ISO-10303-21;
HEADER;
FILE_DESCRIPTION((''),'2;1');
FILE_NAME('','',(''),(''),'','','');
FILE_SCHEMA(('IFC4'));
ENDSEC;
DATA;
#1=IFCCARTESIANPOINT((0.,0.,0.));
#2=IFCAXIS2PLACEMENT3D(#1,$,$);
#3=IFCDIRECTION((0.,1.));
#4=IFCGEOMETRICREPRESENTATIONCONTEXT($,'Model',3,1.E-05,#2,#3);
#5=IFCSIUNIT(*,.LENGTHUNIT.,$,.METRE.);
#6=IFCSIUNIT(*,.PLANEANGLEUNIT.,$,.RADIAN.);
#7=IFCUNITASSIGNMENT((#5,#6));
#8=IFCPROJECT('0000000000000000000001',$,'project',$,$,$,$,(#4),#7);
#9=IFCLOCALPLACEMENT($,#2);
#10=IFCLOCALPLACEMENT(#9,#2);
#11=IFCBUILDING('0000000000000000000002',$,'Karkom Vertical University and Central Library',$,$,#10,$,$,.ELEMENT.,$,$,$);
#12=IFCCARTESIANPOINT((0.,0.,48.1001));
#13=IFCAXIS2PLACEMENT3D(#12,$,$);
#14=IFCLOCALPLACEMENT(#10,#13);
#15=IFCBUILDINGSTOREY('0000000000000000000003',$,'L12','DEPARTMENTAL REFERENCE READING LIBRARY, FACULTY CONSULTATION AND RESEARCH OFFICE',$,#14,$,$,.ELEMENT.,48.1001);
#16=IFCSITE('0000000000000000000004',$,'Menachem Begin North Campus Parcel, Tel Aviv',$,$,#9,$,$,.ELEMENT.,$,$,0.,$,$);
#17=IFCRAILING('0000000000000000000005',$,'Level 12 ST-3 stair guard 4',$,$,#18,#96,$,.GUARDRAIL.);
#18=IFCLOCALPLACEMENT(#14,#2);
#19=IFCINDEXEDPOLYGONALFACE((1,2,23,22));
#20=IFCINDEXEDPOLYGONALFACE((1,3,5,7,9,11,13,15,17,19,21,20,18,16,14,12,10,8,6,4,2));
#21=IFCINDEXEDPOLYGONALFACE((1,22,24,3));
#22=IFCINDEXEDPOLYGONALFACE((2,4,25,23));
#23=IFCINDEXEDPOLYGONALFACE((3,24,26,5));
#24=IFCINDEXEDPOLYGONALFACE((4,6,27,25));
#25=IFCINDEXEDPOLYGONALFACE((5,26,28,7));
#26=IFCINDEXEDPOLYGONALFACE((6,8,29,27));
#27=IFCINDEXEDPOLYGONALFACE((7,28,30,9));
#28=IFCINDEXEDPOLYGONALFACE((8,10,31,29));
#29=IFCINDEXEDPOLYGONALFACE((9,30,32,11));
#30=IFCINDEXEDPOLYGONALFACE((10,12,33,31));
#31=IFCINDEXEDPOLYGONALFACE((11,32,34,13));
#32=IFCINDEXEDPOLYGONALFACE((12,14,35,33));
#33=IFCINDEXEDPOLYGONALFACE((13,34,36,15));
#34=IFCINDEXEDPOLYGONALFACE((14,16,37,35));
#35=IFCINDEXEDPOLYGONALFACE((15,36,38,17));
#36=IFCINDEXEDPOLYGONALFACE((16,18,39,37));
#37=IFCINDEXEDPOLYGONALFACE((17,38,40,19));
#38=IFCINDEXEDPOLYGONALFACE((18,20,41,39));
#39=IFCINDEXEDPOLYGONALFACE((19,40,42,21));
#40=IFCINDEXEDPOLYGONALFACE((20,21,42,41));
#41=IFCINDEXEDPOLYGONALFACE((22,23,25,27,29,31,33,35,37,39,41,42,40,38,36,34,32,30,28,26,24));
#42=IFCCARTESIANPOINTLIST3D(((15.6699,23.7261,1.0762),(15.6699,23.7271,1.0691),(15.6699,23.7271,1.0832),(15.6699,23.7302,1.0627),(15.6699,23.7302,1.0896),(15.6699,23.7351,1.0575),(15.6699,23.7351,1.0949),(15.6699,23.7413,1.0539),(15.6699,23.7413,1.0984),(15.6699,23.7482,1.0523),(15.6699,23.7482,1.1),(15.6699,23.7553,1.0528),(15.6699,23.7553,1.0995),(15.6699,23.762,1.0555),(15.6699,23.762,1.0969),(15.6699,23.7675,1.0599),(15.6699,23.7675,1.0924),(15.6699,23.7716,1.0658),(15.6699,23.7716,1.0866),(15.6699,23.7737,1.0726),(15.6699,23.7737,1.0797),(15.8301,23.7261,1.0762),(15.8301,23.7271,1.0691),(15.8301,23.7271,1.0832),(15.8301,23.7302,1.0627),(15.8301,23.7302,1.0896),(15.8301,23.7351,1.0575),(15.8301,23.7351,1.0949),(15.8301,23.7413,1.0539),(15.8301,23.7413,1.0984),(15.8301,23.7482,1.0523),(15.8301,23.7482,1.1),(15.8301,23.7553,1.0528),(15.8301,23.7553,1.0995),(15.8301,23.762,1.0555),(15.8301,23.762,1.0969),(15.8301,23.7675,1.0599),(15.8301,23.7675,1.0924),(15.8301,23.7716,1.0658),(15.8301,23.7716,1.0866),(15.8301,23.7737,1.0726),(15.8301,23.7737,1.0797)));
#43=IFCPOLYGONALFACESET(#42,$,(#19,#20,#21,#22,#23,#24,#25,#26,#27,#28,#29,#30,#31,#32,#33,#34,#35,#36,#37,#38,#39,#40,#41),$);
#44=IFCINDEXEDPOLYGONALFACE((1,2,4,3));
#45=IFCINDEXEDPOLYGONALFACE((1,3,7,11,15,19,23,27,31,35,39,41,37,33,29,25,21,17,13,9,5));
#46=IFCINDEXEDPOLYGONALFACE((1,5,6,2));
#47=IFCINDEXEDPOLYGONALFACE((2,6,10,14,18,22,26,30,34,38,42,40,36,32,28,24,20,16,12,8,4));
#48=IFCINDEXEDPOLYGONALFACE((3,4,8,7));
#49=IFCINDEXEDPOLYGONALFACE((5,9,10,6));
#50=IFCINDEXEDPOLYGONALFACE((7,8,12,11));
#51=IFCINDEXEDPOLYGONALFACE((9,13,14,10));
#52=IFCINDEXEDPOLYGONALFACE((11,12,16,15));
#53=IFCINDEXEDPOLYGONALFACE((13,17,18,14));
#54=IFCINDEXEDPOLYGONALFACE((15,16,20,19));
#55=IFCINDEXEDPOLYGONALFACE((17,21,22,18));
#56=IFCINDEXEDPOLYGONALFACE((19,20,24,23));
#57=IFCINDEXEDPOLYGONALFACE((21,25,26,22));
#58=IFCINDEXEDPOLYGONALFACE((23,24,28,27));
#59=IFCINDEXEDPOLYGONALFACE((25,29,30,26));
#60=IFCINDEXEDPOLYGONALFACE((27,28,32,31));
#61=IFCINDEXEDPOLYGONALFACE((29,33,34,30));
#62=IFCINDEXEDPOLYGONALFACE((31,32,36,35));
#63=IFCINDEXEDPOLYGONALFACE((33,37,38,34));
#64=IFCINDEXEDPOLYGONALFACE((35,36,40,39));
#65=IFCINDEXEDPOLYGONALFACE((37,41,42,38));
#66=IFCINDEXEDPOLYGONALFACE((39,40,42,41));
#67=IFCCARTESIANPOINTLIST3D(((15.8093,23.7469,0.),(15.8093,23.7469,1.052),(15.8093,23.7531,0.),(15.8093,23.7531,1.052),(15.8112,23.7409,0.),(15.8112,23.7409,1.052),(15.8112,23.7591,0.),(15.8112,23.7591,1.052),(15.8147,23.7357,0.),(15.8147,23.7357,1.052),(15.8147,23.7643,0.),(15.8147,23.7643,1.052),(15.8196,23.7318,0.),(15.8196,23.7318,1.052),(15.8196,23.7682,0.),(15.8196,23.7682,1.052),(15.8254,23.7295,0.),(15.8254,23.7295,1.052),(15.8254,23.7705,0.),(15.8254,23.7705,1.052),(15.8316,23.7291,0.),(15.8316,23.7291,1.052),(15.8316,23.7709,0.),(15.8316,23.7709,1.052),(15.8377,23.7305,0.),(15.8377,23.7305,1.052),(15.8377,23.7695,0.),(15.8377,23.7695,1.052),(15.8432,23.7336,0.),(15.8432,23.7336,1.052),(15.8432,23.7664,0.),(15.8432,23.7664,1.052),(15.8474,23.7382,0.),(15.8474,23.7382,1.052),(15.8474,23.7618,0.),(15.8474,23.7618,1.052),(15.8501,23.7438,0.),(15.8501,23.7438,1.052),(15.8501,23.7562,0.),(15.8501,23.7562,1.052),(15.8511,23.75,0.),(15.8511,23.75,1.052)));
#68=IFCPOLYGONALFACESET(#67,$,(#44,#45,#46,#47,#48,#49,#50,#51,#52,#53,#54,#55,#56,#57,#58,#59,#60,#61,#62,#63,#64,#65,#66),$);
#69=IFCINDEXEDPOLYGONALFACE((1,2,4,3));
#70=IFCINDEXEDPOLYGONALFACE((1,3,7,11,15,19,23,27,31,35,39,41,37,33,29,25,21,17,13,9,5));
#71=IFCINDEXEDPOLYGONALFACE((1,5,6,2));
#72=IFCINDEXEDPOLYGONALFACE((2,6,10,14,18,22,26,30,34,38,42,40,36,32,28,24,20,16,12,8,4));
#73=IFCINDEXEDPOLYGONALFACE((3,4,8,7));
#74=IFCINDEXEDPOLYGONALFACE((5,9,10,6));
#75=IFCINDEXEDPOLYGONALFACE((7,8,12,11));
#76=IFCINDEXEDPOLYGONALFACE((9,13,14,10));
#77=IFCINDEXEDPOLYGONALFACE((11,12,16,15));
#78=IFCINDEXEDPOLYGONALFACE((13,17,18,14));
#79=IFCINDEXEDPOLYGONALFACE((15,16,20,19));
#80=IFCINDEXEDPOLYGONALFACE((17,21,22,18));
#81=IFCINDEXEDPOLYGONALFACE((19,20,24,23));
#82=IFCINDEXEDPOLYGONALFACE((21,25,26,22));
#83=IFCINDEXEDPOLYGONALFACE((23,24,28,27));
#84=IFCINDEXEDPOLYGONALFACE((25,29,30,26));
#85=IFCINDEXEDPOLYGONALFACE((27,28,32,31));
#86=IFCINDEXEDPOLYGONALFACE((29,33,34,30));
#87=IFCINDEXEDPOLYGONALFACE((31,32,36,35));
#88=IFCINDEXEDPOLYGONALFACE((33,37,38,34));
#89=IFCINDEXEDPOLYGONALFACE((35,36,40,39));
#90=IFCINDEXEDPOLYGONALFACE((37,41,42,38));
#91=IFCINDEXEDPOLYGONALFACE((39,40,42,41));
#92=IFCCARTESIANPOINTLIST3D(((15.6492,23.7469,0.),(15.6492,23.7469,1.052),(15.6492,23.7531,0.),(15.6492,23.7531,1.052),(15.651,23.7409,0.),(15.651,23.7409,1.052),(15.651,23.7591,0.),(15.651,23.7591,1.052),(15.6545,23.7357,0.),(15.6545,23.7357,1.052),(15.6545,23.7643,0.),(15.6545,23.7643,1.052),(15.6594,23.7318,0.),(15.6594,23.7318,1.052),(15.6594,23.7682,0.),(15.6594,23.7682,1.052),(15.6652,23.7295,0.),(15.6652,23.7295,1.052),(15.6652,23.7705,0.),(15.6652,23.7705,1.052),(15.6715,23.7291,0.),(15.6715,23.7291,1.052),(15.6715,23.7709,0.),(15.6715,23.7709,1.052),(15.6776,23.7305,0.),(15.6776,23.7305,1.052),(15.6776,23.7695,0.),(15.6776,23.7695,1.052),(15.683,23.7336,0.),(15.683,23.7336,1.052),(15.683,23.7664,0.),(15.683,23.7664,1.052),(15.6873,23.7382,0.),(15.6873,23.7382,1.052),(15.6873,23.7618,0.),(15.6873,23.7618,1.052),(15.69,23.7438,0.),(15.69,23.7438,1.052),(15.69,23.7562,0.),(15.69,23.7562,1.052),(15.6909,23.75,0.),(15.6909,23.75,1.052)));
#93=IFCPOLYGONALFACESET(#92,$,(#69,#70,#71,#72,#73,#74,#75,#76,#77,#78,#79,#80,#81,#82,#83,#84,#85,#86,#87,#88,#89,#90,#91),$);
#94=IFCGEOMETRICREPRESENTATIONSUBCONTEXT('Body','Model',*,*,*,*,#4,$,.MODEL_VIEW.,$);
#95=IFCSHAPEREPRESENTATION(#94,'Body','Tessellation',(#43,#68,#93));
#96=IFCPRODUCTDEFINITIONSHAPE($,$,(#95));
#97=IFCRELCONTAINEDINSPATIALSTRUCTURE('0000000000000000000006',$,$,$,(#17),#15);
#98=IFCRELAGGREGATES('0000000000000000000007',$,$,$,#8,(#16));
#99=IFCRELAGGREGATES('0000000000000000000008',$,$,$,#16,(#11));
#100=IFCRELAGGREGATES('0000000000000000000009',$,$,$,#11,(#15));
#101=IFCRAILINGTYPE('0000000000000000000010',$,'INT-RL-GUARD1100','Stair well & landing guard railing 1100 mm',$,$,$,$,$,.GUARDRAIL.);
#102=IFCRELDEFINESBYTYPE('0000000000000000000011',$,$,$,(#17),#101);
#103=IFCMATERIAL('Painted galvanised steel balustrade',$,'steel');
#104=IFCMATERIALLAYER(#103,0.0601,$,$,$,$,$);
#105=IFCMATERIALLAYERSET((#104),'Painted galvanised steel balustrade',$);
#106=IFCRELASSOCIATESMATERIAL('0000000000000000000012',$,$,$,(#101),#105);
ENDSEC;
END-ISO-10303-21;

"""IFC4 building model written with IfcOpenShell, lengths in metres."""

from ifc_helpers import new_model, si_unit, direction, frame, origin, origin_2d, place, context, subcontext, project, spatial, circle, extrude, material, layer, layer_set, type_object, element, save


model = new_model("IFC4")

# Units and contexts
model_context = context("Model", 3, precision=1e-05, world=origin(), true_north=direction((0.0, 1.0)))
body_context = subcontext(model_context, "Body", "Model", "MODEL_VIEW")
ifc_project = project(units=[si_unit("LENGTHUNIT", "METRE"), si_unit("PLANEANGLEUNIT", "RADIAN")], contexts=[model_context])

# Site, building, storey
site_placement = place(None, origin())
site = spatial("IfcSite", under=ifc_project, at=site_placement, Name="Menachem Begin North Campus Parcel, Tel Aviv", CompositionType="ELEMENT", RefElevation=0.0)
building_placement = place(site_placement, origin())
building = spatial("IfcBuilding", under=site, at=building_placement, Name="Karkom Vertical University and Central Library", CompositionType="ELEMENT")
storey_placement = place(building_placement, frame((0.0, 0.0, 48.1001)))
storey = spatial("IfcBuildingStorey", under=building, at=storey_placement, Name="L12", Description="DEPARTMENTAL REFERENCE READING LIBRARY, FACULTY CONSULTATION AND RESEARCH OFFICE", CompositionType="ELEMENT", Elevation=48.1001)

# Railing
ifc_material_1 = material(Name="Painted galvanised steel balustrade", Category="steel")
ifc_layer_1 = layer(ifc_material_1, 0.0601)
ifc_layer_set_1 = layer_set([ifc_layer_1], Name="Painted galvanised steel balustrade")
railing_type_1 = type_object("IfcRailingType", Name="INT-RL-GUARD1100", Description="Stair well & landing guard railing 1100 mm", PredefinedType="GUARDRAIL", material=ifc_layer_set_1)
railing_1_placement = place(storey_placement, frame((15.8301, 23.75, 0.0)))
element("IfcRailing", 1, at=railing_1_placement, inside=storey, type_object=railing_type_1, Name="Level 12 ST-3 stair guard 4", PredefinedType="GUARDRAIL", context=body_context, shape_type="SweptSolid", body=[
    extrude(circle(Radius=0.0239, at=origin_2d()), frame((0.0, 0.0, 1.0762), z_axis=(-1.0, 0.0, 0.0), x_axis=(0.0, -1.0, 0.0)), (0.0, 0.0, 1.0), 0.1602),
    extrude(circle(Radius=0.021, at=origin_2d()), origin(), (0.0, 0.0, 1.0), 1.052),
    extrude(circle(Radius=0.021, at=origin_2d()), frame((-0.1602, 0.0, 0.0)), (0.0, 0.0, 1.0), 1.052),
])

save(model, "model.ifc")
